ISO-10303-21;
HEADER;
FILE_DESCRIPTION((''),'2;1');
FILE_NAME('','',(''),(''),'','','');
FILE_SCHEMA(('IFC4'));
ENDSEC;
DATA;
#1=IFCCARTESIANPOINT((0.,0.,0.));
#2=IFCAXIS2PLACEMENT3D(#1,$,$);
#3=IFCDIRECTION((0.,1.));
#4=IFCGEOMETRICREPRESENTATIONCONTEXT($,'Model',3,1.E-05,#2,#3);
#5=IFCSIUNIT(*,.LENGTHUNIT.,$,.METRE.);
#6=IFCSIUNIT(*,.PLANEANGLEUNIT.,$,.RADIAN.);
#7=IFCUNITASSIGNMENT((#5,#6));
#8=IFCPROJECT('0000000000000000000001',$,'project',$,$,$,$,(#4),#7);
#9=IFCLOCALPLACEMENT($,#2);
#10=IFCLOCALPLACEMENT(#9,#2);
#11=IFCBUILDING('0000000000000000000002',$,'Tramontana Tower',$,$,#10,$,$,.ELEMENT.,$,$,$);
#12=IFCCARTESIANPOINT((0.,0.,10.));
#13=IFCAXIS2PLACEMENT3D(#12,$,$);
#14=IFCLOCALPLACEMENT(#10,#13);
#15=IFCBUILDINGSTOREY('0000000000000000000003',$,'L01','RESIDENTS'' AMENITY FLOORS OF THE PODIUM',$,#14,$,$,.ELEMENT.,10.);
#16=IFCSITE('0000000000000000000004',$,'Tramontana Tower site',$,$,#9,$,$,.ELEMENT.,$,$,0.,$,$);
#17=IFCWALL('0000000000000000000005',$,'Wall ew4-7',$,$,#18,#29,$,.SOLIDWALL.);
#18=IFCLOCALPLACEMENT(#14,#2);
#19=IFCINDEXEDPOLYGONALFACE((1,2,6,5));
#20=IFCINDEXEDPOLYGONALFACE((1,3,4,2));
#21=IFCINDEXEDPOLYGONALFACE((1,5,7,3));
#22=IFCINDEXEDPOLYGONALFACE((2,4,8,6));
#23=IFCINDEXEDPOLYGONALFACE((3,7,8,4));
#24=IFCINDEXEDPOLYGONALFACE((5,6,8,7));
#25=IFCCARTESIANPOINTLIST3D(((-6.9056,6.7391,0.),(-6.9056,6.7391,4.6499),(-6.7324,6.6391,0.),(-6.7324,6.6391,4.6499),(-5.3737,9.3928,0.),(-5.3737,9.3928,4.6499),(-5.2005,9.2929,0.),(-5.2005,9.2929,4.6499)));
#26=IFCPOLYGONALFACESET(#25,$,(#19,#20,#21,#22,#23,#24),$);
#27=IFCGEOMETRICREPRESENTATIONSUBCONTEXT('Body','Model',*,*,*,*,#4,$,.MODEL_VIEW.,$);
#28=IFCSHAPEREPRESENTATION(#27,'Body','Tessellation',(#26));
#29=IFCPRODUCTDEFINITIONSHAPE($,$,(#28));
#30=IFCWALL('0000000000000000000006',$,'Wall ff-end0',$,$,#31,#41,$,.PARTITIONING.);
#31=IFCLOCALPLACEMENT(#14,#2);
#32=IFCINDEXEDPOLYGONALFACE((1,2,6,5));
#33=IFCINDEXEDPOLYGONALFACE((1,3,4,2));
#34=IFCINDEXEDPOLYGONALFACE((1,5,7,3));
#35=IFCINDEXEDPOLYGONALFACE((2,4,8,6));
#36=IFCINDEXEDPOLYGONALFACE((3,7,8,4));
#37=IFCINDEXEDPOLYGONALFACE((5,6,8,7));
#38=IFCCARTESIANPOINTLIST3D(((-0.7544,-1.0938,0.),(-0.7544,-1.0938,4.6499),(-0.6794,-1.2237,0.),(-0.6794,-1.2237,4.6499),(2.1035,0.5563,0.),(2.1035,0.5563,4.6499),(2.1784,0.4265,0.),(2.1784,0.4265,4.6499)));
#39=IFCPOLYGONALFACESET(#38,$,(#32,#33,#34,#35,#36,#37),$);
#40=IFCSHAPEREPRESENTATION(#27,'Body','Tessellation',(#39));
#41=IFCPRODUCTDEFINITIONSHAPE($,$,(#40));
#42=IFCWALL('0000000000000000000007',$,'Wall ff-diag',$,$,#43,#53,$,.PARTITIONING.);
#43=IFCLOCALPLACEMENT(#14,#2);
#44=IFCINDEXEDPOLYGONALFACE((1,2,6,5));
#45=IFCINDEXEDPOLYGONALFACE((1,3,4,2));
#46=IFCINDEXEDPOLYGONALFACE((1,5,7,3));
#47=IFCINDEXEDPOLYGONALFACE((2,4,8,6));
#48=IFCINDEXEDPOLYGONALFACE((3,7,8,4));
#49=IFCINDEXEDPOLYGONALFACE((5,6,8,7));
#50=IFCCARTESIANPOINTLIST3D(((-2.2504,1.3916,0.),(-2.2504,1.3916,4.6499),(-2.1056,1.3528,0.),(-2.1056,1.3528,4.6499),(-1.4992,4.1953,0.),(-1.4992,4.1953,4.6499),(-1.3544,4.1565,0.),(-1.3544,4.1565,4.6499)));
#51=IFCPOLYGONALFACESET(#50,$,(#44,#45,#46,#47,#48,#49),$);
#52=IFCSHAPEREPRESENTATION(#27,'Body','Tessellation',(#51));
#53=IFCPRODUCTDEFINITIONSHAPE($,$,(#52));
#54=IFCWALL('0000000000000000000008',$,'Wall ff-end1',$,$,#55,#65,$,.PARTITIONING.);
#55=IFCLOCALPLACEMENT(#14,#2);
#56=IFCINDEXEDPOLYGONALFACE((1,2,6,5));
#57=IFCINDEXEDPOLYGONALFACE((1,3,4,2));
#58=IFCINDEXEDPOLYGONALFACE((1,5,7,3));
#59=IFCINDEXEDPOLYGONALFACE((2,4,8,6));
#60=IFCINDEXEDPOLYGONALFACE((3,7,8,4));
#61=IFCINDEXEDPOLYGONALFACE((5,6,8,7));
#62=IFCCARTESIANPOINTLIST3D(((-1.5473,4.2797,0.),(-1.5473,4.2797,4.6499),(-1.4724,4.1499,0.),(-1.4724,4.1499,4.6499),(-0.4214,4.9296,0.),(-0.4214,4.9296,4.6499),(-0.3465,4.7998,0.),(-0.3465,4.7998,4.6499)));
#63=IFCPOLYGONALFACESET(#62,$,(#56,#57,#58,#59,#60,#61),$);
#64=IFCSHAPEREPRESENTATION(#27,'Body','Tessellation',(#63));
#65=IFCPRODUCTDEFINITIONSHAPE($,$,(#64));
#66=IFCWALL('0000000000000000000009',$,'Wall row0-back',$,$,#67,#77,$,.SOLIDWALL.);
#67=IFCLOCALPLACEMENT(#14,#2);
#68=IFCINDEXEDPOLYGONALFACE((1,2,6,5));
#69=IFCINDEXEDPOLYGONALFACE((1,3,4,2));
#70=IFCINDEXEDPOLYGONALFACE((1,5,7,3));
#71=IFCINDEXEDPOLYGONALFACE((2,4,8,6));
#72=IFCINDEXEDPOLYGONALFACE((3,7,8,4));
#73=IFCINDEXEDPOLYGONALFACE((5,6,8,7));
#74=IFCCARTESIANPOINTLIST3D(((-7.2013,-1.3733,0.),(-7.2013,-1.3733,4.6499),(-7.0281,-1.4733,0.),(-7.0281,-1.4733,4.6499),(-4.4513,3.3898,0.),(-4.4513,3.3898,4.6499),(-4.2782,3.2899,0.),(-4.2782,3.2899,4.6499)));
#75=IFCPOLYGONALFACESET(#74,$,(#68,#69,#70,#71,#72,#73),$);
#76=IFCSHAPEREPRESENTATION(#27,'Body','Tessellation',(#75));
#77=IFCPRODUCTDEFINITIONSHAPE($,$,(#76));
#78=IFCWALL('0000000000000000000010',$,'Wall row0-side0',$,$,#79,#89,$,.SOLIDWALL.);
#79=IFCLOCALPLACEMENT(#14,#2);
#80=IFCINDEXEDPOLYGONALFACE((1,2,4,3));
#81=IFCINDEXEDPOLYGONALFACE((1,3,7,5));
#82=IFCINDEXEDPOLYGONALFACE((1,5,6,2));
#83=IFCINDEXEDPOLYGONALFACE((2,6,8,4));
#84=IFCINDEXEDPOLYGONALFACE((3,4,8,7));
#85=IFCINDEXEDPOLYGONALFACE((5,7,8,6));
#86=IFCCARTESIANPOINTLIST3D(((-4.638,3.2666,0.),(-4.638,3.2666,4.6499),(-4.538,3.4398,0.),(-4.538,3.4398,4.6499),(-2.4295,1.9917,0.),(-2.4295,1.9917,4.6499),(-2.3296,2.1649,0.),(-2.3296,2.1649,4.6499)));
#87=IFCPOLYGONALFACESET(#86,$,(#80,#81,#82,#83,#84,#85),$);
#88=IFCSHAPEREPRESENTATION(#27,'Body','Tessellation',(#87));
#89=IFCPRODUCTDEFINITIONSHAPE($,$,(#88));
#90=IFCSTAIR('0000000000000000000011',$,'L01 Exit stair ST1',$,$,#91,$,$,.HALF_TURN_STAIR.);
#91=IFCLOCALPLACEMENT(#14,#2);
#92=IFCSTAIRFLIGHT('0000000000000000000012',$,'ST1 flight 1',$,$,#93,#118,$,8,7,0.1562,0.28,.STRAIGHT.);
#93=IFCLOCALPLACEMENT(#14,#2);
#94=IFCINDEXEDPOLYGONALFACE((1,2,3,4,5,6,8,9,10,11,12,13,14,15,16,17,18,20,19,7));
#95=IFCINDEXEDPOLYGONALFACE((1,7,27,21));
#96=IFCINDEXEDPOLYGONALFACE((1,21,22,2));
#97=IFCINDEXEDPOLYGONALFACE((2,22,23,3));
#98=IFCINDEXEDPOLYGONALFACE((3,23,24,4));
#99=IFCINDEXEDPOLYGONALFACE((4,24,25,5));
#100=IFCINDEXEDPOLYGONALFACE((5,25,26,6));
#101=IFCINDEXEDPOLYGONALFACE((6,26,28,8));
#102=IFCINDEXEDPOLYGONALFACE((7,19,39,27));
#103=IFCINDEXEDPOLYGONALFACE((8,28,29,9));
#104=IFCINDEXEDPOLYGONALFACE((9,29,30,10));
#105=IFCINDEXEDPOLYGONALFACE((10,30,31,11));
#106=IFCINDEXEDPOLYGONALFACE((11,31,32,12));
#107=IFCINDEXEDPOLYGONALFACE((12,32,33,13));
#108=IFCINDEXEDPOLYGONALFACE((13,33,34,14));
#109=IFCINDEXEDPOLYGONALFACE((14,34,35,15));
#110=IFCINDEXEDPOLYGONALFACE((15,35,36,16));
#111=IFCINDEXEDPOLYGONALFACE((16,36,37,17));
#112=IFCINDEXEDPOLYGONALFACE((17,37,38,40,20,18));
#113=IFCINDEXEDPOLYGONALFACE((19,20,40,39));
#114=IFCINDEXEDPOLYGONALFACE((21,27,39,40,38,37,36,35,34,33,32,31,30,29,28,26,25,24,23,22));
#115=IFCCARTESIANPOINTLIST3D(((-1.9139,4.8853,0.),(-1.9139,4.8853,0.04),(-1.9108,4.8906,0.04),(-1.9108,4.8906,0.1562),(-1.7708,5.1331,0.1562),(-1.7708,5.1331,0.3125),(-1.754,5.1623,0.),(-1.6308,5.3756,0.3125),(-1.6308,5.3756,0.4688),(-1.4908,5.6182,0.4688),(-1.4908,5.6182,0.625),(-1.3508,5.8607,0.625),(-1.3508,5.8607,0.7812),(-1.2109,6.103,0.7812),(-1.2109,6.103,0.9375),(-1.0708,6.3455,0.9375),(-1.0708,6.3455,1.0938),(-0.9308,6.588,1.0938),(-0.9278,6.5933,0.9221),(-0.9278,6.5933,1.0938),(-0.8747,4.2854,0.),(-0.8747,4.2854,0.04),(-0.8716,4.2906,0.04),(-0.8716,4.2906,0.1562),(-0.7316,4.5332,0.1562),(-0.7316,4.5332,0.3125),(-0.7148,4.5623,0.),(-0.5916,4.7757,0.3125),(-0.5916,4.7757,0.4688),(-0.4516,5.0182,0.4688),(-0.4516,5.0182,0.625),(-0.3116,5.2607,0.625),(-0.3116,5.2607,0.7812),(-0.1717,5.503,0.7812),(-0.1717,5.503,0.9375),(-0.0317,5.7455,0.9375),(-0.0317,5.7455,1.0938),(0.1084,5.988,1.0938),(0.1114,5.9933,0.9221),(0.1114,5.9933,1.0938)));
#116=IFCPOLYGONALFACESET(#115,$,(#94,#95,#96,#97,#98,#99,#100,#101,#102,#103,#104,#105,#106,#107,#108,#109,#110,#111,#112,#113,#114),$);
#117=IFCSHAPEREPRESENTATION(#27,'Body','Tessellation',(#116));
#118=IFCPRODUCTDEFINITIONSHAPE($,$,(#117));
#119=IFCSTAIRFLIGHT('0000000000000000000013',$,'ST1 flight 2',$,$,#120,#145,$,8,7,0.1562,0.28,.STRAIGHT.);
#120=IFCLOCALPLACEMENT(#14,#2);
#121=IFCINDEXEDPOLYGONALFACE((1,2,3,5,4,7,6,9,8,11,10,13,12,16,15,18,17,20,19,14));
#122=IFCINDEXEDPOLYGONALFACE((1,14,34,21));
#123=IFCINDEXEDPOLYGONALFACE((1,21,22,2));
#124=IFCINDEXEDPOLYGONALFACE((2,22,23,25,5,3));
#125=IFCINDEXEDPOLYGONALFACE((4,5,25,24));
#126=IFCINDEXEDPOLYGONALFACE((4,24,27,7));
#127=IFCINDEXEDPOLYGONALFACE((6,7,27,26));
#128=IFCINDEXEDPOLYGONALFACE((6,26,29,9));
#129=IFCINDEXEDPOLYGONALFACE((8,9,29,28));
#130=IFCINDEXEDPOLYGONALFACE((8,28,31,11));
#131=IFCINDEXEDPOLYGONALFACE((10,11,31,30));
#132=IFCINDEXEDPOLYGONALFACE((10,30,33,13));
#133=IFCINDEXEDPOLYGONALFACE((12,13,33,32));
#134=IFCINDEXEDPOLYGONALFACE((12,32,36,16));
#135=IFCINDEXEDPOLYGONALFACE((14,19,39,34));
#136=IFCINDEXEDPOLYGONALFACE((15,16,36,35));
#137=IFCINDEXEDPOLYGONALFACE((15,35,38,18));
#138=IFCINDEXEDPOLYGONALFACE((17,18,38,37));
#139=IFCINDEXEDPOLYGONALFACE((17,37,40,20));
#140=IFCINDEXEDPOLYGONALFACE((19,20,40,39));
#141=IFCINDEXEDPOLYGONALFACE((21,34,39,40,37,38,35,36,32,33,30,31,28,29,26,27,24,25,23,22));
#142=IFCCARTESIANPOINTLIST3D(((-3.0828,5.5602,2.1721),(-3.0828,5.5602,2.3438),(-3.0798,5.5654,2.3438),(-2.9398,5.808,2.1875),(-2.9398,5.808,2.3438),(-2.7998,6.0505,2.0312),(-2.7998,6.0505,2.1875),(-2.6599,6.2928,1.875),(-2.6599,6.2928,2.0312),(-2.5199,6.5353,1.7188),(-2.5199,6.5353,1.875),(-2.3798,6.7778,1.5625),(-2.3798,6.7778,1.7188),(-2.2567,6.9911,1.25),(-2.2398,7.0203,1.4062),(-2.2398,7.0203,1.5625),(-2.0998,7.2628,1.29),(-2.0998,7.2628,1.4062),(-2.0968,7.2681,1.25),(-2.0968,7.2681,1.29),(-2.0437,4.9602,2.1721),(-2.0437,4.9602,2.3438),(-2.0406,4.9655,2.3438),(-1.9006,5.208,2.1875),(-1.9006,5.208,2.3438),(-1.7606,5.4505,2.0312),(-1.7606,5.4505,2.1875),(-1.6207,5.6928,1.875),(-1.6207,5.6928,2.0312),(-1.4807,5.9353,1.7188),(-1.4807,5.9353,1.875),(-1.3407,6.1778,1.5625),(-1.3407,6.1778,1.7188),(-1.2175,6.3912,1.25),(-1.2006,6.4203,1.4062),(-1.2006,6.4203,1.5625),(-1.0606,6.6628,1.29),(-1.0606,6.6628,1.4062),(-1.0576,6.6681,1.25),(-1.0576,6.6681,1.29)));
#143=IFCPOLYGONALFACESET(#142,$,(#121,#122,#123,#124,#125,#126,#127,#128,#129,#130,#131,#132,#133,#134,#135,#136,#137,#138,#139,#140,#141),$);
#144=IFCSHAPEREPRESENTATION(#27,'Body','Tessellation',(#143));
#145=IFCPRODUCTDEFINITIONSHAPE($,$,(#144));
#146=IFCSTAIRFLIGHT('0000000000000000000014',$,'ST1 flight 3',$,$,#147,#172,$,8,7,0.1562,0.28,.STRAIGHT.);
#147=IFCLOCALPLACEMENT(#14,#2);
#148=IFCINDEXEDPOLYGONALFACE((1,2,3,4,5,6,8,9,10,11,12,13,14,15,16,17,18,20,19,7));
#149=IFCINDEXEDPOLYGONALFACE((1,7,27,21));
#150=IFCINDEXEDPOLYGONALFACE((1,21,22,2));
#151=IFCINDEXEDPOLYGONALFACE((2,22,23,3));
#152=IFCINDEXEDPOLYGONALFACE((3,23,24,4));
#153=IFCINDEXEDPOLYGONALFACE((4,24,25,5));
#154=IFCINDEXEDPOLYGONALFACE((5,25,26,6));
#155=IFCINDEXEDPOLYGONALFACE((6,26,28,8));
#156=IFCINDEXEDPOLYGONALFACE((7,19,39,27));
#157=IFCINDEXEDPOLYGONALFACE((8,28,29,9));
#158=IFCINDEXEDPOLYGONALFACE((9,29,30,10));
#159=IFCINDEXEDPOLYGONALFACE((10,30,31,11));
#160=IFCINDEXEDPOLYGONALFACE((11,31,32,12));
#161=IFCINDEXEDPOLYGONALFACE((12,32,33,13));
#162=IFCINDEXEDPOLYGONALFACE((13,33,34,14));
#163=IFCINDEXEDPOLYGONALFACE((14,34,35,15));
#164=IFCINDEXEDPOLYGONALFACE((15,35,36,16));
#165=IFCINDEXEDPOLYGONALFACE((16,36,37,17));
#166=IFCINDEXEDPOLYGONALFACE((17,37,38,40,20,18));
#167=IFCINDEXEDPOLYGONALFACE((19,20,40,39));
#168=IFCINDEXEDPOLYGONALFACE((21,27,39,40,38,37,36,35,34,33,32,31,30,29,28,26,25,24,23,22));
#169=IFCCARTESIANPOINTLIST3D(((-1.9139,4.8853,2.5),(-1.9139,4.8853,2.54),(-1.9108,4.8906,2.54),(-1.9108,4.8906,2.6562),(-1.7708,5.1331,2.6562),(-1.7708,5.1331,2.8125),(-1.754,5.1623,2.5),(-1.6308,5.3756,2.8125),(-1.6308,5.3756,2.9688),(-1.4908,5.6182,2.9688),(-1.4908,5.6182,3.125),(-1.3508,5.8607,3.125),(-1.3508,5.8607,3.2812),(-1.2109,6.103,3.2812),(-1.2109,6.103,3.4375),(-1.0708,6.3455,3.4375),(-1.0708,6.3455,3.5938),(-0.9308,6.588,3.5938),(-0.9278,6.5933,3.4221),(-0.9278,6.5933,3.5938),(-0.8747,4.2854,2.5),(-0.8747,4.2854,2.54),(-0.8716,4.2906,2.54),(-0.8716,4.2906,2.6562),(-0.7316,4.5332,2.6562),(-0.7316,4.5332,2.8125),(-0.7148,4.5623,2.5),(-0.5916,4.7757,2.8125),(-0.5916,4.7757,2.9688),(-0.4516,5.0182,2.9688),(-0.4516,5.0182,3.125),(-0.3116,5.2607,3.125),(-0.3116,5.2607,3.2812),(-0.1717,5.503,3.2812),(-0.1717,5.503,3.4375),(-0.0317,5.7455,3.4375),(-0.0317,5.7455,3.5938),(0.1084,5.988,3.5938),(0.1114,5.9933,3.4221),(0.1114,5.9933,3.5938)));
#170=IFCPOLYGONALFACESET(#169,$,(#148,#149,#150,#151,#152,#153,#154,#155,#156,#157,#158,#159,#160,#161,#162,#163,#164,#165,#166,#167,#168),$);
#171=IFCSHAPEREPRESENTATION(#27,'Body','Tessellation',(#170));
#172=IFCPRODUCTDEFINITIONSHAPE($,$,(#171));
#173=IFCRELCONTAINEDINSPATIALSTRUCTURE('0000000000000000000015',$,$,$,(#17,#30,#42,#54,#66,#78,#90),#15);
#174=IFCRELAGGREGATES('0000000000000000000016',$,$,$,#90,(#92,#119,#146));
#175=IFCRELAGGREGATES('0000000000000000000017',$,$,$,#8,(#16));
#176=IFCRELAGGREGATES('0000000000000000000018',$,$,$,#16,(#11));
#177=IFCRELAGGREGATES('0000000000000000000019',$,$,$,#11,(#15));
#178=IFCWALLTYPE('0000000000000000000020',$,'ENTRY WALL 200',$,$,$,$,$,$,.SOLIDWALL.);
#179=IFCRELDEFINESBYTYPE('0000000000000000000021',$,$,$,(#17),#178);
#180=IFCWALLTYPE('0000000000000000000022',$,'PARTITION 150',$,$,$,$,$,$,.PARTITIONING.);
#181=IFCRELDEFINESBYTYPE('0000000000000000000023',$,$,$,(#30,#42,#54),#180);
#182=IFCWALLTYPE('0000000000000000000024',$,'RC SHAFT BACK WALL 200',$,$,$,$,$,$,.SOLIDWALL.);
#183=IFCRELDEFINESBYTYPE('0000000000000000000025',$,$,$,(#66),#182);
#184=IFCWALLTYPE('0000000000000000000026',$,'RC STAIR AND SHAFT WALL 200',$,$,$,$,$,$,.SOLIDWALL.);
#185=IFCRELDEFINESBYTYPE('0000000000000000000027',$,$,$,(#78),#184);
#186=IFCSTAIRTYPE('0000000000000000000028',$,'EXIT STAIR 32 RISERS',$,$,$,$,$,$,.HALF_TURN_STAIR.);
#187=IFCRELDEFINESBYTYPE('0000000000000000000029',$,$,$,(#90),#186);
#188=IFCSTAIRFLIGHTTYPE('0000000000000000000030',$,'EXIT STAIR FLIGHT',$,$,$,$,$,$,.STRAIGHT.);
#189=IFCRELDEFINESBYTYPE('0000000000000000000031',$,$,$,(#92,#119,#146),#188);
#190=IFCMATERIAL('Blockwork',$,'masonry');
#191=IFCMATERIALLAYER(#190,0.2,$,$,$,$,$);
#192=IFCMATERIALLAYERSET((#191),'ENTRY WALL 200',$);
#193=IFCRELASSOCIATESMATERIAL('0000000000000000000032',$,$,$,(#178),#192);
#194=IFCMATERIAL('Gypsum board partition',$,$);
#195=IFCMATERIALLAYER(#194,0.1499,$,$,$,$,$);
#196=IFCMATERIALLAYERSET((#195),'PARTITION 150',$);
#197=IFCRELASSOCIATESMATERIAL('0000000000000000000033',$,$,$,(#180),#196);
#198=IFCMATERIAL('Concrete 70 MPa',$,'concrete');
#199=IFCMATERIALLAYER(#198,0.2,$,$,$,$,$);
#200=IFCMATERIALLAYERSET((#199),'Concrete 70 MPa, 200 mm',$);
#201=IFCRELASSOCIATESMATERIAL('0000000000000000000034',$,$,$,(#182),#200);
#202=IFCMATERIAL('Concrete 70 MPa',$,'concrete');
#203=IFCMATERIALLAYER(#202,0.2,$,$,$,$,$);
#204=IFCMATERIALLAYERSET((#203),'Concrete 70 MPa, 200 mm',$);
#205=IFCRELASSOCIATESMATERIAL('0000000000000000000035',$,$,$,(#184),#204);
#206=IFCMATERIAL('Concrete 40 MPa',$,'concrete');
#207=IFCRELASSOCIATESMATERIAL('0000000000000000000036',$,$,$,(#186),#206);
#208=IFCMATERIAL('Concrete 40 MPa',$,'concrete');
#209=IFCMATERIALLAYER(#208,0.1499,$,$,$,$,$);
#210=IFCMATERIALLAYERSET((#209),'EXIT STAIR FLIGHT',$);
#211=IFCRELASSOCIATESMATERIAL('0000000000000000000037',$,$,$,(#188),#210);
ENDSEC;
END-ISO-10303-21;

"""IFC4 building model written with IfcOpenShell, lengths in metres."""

from ifc_helpers import new_model, si_unit, direction, frame, frame_2d, origin, place, context, subcontext, project, spatial, polyline, rectangle, outline, extrude, material, layer, layer_set, type_object, element, aggregate, save


model = new_model("IFC4")

# Units and contexts
model_context = context("Model", 3, precision=1e-05, world=origin(), true_north=direction((0.0, 1.0)))
body_context = subcontext(model_context, "Body", "Model", "MODEL_VIEW")
ifc_project = project(units=[si_unit("LENGTHUNIT", "METRE"), si_unit("PLANEANGLEUNIT", "RADIAN")], contexts=[model_context])

# Site, building, storey
site_placement = place(None, origin())
site = spatial("IfcSite", under=ifc_project, at=site_placement, Name="Tramontana Tower site", CompositionType="ELEMENT", RefElevation=0.0)
building_placement = place(site_placement, origin())
building = spatial("IfcBuilding", under=site, at=building_placement, Name="Tramontana Tower", CompositionType="ELEMENT")
storey_placement = place(building_placement, frame((0.0, 0.0, 10.0)))
storey = spatial("IfcBuildingStorey", under=building, at=storey_placement, Name="L01", Description="RESIDENTS' AMENITY FLOORS OF THE PODIUM", CompositionType="ELEMENT", Elevation=10.0)

# Wall
ifc_material_1 = material(Name="Blockwork", Category="masonry")
ifc_layer_1 = layer(ifc_material_1, 0.2)
ifc_layer_set_1 = layer_set([ifc_layer_1], Name="ENTRY WALL 200")
wall_type_1 = type_object("IfcWallType", Name="ENTRY WALL 200", PredefinedType="SOLIDWALL", material=ifc_layer_set_1)
wall_1_placement = place(storey_placement, frame((-6.8191, 6.689, 0.0), z_axis=(0.0, 0.0, 1.0), x_axis=(0.499952, 0.866053, 0.0)))
element("IfcWall", 1, at=wall_1_placement, inside=storey, type_object=wall_type_1, Name="Wall ew4-7", PredefinedType="SOLIDWALL", context=body_context, shape_type="SweptSolid", body=[
    extrude(rectangle(XDim=3.0642, YDim=0.2, at=frame_2d((1.5322, 0.0))), origin(), (0.0, 0.0, 1.0), 4.6499),
])

# Shared definitions
ifc_material_2 = material(Name="Gypsum board partition")
ifc_layer_2 = layer(ifc_material_2, 0.1499)
ifc_layer_set_2 = layer_set([ifc_layer_2], Name="PARTITION 150")
wall_type_2 = type_object("IfcWallType", Name="PARTITION 150", PredefinedType="PARTITIONING", material=ifc_layer_set_2)

# Walls
wall_2_placement = place(storey_placement, frame((-0.7168, -1.1587, 0.0), z_axis=(0.0, 0.0, 1.0), x_axis=(0.866008, 0.50003, 0.0)))
element("IfcWall", 2, at=wall_2_placement, inside=storey, type_object=wall_type_2, Name="Wall ff-end0", PredefinedType="PARTITIONING", context=body_context, shape_type="SweptSolid", body=[
    extrude(rectangle(XDim=3.3, YDim=0.1499, at=frame_2d((1.6499, 0.0))), origin(), (0.0, 0.0, 1.0), 4.6499),
])
wall_3_placement = place(storey_placement, frame((-2.178, 1.3723, 0.0), z_axis=(0.0, 0.0, 1.0), x_axis=(0.258809, 0.965929, 0.0)))
element("IfcWall", 3, at=wall_3_placement, inside=storey, type_object=wall_type_2, Name="Wall ff-diag", PredefinedType="PARTITIONING", context=body_context, shape_type="SweptSolid", body=[
    extrude(rectangle(XDim=2.9026, YDim=0.1499, at=frame_2d((1.4512, 0.0))), origin(), (0.0, 0.0, 1.0), 4.6499),
])
wall_4_placement = place(storey_placement, frame((-1.5098, 4.2148, 0.0), z_axis=(0.0, 0.0, 1.0), x_axis=(0.866086, 0.499896, 0.0)))
element("IfcWall", 4, at=wall_4_placement, inside=storey, type_object=wall_type_2, Name="Wall ff-end1", PredefinedType="PARTITIONING", context=body_context, shape_type="SweptSolid", body=[
    extrude(rectangle(XDim=1.3, YDim=0.1499, at=frame_2d((0.6499, 0.0))), origin(), (0.0, 0.0, 1.0), 4.6499),
])
ifc_material_3 = material(Name="Concrete 70 MPa", Category="concrete")
ifc_layer_3 = layer(ifc_material_3, 0.2)
ifc_layer_set_3 = layer_set([ifc_layer_3], Name="Concrete 70 MPa, 200 mm")
wall_type_3 = type_object("IfcWallType", Name="RC SHAFT BACK WALL 200", PredefinedType="SOLIDWALL", material=ifc_layer_set_3)
wall_5_placement = place(storey_placement, frame((-4.3647, 3.3398, 0.0), z_axis=(0.0, 0.0, 1.0), x_axis=(-0.499997, -0.866027, 0.0)))
element("IfcWall", 5, at=wall_5_placement, inside=storey, type_object=wall_type_3, Name="Wall row0-back", PredefinedType="SOLIDWALL", context=body_context, shape_type="SweptSolid", body=[
    extrude(rectangle(XDim=5.5, YDim=0.2, at=frame_2d((2.75, 0.0))), origin(), (0.0, 0.0, 1.0), 4.6499),
])

# Shared definitions
ifc_material_4 = material(Name="Concrete 70 MPa", Category="concrete")
ifc_layer_4 = layer(ifc_material_4, 0.2)
ifc_layer_set_4 = layer_set([ifc_layer_4], Name="Concrete 70 MPa, 200 mm")
wall_type_4 = type_object("IfcWallType", Name="RC STAIR AND SHAFT WALL 200", PredefinedType="SOLIDWALL", material=ifc_layer_set_4)

# Wall
wall_6_placement = place(storey_placement, frame((-2.3796, 2.0784, 0.0), z_axis=(0.0, 0.0, 1.0), x_axis=(-0.866055, 0.499949, 0.0)))
element("IfcWall", 6, at=wall_6_placement, inside=storey, type_object=wall_type_4, Name="Wall row0-side0", PredefinedType="SOLIDWALL", context=body_context, shape_type="SweptSolid", body=[
    extrude(rectangle(XDim=2.55, YDim=0.2, at=frame_2d((1.2749, 0.0))), origin(), (0.0, 0.0, 1.0), 4.6499),
])

# Stair, stair flights
ifc_material_5 = material(Name="Concrete 40 MPa", Category="concrete")
stair_type = type_object("IfcStairType", Name="EXIT STAIR 32 RISERS", PredefinedType="HALF_TURN_STAIR", material=ifc_material_5)
stair_placement = place(storey_placement, origin())
stair = element("IfcStair", 7, at=stair_placement, inside=storey, type_object=stair_type, Name="L01 Exit stair ST1", PredefinedType="HALF_TURN_STAIR")
ifc_material_6 = material(Name="Concrete 40 MPa", Category="concrete")
ifc_layer_5 = layer(ifc_material_6, 0.1499)
ifc_layer_set_5 = layer_set([ifc_layer_5], Name="EXIT STAIR FLIGHT")
stair_flight_type = type_object("IfcStairFlightType", Name="EXIT STAIR FLIGHT", PredefinedType="STRAIGHT", material=ifc_layer_set_5)
stair_flight_1_placement = place(storey_placement, frame((-1.3911, 4.5906, 0.0), z_axis=(0.0, 0.0, 1.0), x_axis=(0.5, 0.866025, 0.0)))
stair_flight_1 = element("IfcStairFlight", 8, at=stair_flight_1_placement, type_object=stair_flight_type, Name="ST1 flight 1", NumberOfRisers=8, NumberOfTreads=7, PredefinedType="STRAIGHT", RiserHeight=0.1562, TreadLength=0.28, context=body_context, shape_type="SweptSolid", body=[
    extrude(outline(polyline([(-0.0061, 0.0), (-0.0061, 0.04), (0.0, 0.04), (0.0, 0.1562), (0.28, 0.1562), (0.28, 0.3125), (0.5601, 0.3125), (0.5601, 0.4688), (0.8401, 0.4688), (0.8401, 0.625), (1.1201, 0.625), (1.1201, 0.7812), (1.3999, 0.7812), (1.3999, 0.9375), (1.6799, 0.9375), (1.6799, 1.0938), (1.96, 1.0938), (1.9661, 1.0938), (1.9661, 0.9221), (0.3137, 0.0), (-0.0061, 0.0)])), frame((0.0, 0.6001, 0.0), z_axis=(0.0, -1.0, 0.0), x_axis=(1.0, 0.0, 0.0)), (0.0, 0.0, 1.0), 1.2),
])
stair_flight_2_placement = place(storey_placement, frame((-1.5803, 6.9629, 1.25), z_axis=(0.0, 0.0, 1.0), x_axis=(-0.5, -0.866025, 0.0)))
stair_flight_2 = element("IfcStairFlight", 9, at=stair_flight_2_placement, type_object=stair_flight_type, Name="ST1 flight 2", NumberOfRisers=8, NumberOfTreads=7, PredefinedType="STRAIGHT", RiserHeight=0.1562, TreadLength=0.28, context=body_context, shape_type="SweptSolid", body=[
    extrude(outline(polyline([(-0.0061, 0.0), (-0.0061, 0.04), (0.0, 0.04), (0.0, 0.1562), (0.28, 0.1562), (0.28, 0.3125), (0.5601, 0.3125), (0.5601, 0.4688), (0.8401, 0.4688), (0.8401, 0.625), (1.1201, 0.625), (1.1201, 0.7812), (1.3999, 0.7812), (1.3999, 0.9375), (1.6799, 0.9375), (1.6799, 1.0938), (1.96, 1.0938), (1.9661, 1.0938), (1.9661, 0.9221), (0.3137, 0.0), (-0.0061, 0.0)])), frame((0.0, 0.6001, 0.0), z_axis=(0.0, -1.0, 0.0), x_axis=(1.0, 0.0, 0.0)), (0.0, 0.0, 1.0), 1.2),
])
stair_flight_3_placement = place(storey_placement, frame((-1.3911, 4.5906, 2.5), z_axis=(0.0, 0.0, 1.0), x_axis=(0.5, 0.866025, 0.0)))
stair_flight_3 = element("IfcStairFlight", 10, at=stair_flight_3_placement, type_object=stair_flight_type, Name="ST1 flight 3", NumberOfRisers=8, NumberOfTreads=7, PredefinedType="STRAIGHT", RiserHeight=0.1562, TreadLength=0.28, context=body_context, shape_type="SweptSolid", body=[
    extrude(outline(polyline([(-0.0061, 0.0), (-0.0061, 0.04), (0.0, 0.04), (0.0, 0.1562), (0.28, 0.1562), (0.28, 0.3125), (0.5601, 0.3125), (0.5601, 0.4688), (0.8401, 0.4688), (0.8401, 0.625), (1.1201, 0.625), (1.1201, 0.7812), (1.3999, 0.7812), (1.3999, 0.9375), (1.6799, 0.9375), (1.6799, 1.0938), (1.96, 1.0938), (1.9661, 1.0938), (1.9661, 0.9221), (0.3137, 0.0), (-0.0061, 0.0)])), frame((0.0, 0.6001, 0.0), z_axis=(0.0, -1.0, 0.0), x_axis=(1.0, 0.0, 0.0)), (0.0, 0.0, 1.0), 1.2),
])
aggregate(stair, [stair_flight_1, stair_flight_2, stair_flight_3])

save(model, "model.ifc")
